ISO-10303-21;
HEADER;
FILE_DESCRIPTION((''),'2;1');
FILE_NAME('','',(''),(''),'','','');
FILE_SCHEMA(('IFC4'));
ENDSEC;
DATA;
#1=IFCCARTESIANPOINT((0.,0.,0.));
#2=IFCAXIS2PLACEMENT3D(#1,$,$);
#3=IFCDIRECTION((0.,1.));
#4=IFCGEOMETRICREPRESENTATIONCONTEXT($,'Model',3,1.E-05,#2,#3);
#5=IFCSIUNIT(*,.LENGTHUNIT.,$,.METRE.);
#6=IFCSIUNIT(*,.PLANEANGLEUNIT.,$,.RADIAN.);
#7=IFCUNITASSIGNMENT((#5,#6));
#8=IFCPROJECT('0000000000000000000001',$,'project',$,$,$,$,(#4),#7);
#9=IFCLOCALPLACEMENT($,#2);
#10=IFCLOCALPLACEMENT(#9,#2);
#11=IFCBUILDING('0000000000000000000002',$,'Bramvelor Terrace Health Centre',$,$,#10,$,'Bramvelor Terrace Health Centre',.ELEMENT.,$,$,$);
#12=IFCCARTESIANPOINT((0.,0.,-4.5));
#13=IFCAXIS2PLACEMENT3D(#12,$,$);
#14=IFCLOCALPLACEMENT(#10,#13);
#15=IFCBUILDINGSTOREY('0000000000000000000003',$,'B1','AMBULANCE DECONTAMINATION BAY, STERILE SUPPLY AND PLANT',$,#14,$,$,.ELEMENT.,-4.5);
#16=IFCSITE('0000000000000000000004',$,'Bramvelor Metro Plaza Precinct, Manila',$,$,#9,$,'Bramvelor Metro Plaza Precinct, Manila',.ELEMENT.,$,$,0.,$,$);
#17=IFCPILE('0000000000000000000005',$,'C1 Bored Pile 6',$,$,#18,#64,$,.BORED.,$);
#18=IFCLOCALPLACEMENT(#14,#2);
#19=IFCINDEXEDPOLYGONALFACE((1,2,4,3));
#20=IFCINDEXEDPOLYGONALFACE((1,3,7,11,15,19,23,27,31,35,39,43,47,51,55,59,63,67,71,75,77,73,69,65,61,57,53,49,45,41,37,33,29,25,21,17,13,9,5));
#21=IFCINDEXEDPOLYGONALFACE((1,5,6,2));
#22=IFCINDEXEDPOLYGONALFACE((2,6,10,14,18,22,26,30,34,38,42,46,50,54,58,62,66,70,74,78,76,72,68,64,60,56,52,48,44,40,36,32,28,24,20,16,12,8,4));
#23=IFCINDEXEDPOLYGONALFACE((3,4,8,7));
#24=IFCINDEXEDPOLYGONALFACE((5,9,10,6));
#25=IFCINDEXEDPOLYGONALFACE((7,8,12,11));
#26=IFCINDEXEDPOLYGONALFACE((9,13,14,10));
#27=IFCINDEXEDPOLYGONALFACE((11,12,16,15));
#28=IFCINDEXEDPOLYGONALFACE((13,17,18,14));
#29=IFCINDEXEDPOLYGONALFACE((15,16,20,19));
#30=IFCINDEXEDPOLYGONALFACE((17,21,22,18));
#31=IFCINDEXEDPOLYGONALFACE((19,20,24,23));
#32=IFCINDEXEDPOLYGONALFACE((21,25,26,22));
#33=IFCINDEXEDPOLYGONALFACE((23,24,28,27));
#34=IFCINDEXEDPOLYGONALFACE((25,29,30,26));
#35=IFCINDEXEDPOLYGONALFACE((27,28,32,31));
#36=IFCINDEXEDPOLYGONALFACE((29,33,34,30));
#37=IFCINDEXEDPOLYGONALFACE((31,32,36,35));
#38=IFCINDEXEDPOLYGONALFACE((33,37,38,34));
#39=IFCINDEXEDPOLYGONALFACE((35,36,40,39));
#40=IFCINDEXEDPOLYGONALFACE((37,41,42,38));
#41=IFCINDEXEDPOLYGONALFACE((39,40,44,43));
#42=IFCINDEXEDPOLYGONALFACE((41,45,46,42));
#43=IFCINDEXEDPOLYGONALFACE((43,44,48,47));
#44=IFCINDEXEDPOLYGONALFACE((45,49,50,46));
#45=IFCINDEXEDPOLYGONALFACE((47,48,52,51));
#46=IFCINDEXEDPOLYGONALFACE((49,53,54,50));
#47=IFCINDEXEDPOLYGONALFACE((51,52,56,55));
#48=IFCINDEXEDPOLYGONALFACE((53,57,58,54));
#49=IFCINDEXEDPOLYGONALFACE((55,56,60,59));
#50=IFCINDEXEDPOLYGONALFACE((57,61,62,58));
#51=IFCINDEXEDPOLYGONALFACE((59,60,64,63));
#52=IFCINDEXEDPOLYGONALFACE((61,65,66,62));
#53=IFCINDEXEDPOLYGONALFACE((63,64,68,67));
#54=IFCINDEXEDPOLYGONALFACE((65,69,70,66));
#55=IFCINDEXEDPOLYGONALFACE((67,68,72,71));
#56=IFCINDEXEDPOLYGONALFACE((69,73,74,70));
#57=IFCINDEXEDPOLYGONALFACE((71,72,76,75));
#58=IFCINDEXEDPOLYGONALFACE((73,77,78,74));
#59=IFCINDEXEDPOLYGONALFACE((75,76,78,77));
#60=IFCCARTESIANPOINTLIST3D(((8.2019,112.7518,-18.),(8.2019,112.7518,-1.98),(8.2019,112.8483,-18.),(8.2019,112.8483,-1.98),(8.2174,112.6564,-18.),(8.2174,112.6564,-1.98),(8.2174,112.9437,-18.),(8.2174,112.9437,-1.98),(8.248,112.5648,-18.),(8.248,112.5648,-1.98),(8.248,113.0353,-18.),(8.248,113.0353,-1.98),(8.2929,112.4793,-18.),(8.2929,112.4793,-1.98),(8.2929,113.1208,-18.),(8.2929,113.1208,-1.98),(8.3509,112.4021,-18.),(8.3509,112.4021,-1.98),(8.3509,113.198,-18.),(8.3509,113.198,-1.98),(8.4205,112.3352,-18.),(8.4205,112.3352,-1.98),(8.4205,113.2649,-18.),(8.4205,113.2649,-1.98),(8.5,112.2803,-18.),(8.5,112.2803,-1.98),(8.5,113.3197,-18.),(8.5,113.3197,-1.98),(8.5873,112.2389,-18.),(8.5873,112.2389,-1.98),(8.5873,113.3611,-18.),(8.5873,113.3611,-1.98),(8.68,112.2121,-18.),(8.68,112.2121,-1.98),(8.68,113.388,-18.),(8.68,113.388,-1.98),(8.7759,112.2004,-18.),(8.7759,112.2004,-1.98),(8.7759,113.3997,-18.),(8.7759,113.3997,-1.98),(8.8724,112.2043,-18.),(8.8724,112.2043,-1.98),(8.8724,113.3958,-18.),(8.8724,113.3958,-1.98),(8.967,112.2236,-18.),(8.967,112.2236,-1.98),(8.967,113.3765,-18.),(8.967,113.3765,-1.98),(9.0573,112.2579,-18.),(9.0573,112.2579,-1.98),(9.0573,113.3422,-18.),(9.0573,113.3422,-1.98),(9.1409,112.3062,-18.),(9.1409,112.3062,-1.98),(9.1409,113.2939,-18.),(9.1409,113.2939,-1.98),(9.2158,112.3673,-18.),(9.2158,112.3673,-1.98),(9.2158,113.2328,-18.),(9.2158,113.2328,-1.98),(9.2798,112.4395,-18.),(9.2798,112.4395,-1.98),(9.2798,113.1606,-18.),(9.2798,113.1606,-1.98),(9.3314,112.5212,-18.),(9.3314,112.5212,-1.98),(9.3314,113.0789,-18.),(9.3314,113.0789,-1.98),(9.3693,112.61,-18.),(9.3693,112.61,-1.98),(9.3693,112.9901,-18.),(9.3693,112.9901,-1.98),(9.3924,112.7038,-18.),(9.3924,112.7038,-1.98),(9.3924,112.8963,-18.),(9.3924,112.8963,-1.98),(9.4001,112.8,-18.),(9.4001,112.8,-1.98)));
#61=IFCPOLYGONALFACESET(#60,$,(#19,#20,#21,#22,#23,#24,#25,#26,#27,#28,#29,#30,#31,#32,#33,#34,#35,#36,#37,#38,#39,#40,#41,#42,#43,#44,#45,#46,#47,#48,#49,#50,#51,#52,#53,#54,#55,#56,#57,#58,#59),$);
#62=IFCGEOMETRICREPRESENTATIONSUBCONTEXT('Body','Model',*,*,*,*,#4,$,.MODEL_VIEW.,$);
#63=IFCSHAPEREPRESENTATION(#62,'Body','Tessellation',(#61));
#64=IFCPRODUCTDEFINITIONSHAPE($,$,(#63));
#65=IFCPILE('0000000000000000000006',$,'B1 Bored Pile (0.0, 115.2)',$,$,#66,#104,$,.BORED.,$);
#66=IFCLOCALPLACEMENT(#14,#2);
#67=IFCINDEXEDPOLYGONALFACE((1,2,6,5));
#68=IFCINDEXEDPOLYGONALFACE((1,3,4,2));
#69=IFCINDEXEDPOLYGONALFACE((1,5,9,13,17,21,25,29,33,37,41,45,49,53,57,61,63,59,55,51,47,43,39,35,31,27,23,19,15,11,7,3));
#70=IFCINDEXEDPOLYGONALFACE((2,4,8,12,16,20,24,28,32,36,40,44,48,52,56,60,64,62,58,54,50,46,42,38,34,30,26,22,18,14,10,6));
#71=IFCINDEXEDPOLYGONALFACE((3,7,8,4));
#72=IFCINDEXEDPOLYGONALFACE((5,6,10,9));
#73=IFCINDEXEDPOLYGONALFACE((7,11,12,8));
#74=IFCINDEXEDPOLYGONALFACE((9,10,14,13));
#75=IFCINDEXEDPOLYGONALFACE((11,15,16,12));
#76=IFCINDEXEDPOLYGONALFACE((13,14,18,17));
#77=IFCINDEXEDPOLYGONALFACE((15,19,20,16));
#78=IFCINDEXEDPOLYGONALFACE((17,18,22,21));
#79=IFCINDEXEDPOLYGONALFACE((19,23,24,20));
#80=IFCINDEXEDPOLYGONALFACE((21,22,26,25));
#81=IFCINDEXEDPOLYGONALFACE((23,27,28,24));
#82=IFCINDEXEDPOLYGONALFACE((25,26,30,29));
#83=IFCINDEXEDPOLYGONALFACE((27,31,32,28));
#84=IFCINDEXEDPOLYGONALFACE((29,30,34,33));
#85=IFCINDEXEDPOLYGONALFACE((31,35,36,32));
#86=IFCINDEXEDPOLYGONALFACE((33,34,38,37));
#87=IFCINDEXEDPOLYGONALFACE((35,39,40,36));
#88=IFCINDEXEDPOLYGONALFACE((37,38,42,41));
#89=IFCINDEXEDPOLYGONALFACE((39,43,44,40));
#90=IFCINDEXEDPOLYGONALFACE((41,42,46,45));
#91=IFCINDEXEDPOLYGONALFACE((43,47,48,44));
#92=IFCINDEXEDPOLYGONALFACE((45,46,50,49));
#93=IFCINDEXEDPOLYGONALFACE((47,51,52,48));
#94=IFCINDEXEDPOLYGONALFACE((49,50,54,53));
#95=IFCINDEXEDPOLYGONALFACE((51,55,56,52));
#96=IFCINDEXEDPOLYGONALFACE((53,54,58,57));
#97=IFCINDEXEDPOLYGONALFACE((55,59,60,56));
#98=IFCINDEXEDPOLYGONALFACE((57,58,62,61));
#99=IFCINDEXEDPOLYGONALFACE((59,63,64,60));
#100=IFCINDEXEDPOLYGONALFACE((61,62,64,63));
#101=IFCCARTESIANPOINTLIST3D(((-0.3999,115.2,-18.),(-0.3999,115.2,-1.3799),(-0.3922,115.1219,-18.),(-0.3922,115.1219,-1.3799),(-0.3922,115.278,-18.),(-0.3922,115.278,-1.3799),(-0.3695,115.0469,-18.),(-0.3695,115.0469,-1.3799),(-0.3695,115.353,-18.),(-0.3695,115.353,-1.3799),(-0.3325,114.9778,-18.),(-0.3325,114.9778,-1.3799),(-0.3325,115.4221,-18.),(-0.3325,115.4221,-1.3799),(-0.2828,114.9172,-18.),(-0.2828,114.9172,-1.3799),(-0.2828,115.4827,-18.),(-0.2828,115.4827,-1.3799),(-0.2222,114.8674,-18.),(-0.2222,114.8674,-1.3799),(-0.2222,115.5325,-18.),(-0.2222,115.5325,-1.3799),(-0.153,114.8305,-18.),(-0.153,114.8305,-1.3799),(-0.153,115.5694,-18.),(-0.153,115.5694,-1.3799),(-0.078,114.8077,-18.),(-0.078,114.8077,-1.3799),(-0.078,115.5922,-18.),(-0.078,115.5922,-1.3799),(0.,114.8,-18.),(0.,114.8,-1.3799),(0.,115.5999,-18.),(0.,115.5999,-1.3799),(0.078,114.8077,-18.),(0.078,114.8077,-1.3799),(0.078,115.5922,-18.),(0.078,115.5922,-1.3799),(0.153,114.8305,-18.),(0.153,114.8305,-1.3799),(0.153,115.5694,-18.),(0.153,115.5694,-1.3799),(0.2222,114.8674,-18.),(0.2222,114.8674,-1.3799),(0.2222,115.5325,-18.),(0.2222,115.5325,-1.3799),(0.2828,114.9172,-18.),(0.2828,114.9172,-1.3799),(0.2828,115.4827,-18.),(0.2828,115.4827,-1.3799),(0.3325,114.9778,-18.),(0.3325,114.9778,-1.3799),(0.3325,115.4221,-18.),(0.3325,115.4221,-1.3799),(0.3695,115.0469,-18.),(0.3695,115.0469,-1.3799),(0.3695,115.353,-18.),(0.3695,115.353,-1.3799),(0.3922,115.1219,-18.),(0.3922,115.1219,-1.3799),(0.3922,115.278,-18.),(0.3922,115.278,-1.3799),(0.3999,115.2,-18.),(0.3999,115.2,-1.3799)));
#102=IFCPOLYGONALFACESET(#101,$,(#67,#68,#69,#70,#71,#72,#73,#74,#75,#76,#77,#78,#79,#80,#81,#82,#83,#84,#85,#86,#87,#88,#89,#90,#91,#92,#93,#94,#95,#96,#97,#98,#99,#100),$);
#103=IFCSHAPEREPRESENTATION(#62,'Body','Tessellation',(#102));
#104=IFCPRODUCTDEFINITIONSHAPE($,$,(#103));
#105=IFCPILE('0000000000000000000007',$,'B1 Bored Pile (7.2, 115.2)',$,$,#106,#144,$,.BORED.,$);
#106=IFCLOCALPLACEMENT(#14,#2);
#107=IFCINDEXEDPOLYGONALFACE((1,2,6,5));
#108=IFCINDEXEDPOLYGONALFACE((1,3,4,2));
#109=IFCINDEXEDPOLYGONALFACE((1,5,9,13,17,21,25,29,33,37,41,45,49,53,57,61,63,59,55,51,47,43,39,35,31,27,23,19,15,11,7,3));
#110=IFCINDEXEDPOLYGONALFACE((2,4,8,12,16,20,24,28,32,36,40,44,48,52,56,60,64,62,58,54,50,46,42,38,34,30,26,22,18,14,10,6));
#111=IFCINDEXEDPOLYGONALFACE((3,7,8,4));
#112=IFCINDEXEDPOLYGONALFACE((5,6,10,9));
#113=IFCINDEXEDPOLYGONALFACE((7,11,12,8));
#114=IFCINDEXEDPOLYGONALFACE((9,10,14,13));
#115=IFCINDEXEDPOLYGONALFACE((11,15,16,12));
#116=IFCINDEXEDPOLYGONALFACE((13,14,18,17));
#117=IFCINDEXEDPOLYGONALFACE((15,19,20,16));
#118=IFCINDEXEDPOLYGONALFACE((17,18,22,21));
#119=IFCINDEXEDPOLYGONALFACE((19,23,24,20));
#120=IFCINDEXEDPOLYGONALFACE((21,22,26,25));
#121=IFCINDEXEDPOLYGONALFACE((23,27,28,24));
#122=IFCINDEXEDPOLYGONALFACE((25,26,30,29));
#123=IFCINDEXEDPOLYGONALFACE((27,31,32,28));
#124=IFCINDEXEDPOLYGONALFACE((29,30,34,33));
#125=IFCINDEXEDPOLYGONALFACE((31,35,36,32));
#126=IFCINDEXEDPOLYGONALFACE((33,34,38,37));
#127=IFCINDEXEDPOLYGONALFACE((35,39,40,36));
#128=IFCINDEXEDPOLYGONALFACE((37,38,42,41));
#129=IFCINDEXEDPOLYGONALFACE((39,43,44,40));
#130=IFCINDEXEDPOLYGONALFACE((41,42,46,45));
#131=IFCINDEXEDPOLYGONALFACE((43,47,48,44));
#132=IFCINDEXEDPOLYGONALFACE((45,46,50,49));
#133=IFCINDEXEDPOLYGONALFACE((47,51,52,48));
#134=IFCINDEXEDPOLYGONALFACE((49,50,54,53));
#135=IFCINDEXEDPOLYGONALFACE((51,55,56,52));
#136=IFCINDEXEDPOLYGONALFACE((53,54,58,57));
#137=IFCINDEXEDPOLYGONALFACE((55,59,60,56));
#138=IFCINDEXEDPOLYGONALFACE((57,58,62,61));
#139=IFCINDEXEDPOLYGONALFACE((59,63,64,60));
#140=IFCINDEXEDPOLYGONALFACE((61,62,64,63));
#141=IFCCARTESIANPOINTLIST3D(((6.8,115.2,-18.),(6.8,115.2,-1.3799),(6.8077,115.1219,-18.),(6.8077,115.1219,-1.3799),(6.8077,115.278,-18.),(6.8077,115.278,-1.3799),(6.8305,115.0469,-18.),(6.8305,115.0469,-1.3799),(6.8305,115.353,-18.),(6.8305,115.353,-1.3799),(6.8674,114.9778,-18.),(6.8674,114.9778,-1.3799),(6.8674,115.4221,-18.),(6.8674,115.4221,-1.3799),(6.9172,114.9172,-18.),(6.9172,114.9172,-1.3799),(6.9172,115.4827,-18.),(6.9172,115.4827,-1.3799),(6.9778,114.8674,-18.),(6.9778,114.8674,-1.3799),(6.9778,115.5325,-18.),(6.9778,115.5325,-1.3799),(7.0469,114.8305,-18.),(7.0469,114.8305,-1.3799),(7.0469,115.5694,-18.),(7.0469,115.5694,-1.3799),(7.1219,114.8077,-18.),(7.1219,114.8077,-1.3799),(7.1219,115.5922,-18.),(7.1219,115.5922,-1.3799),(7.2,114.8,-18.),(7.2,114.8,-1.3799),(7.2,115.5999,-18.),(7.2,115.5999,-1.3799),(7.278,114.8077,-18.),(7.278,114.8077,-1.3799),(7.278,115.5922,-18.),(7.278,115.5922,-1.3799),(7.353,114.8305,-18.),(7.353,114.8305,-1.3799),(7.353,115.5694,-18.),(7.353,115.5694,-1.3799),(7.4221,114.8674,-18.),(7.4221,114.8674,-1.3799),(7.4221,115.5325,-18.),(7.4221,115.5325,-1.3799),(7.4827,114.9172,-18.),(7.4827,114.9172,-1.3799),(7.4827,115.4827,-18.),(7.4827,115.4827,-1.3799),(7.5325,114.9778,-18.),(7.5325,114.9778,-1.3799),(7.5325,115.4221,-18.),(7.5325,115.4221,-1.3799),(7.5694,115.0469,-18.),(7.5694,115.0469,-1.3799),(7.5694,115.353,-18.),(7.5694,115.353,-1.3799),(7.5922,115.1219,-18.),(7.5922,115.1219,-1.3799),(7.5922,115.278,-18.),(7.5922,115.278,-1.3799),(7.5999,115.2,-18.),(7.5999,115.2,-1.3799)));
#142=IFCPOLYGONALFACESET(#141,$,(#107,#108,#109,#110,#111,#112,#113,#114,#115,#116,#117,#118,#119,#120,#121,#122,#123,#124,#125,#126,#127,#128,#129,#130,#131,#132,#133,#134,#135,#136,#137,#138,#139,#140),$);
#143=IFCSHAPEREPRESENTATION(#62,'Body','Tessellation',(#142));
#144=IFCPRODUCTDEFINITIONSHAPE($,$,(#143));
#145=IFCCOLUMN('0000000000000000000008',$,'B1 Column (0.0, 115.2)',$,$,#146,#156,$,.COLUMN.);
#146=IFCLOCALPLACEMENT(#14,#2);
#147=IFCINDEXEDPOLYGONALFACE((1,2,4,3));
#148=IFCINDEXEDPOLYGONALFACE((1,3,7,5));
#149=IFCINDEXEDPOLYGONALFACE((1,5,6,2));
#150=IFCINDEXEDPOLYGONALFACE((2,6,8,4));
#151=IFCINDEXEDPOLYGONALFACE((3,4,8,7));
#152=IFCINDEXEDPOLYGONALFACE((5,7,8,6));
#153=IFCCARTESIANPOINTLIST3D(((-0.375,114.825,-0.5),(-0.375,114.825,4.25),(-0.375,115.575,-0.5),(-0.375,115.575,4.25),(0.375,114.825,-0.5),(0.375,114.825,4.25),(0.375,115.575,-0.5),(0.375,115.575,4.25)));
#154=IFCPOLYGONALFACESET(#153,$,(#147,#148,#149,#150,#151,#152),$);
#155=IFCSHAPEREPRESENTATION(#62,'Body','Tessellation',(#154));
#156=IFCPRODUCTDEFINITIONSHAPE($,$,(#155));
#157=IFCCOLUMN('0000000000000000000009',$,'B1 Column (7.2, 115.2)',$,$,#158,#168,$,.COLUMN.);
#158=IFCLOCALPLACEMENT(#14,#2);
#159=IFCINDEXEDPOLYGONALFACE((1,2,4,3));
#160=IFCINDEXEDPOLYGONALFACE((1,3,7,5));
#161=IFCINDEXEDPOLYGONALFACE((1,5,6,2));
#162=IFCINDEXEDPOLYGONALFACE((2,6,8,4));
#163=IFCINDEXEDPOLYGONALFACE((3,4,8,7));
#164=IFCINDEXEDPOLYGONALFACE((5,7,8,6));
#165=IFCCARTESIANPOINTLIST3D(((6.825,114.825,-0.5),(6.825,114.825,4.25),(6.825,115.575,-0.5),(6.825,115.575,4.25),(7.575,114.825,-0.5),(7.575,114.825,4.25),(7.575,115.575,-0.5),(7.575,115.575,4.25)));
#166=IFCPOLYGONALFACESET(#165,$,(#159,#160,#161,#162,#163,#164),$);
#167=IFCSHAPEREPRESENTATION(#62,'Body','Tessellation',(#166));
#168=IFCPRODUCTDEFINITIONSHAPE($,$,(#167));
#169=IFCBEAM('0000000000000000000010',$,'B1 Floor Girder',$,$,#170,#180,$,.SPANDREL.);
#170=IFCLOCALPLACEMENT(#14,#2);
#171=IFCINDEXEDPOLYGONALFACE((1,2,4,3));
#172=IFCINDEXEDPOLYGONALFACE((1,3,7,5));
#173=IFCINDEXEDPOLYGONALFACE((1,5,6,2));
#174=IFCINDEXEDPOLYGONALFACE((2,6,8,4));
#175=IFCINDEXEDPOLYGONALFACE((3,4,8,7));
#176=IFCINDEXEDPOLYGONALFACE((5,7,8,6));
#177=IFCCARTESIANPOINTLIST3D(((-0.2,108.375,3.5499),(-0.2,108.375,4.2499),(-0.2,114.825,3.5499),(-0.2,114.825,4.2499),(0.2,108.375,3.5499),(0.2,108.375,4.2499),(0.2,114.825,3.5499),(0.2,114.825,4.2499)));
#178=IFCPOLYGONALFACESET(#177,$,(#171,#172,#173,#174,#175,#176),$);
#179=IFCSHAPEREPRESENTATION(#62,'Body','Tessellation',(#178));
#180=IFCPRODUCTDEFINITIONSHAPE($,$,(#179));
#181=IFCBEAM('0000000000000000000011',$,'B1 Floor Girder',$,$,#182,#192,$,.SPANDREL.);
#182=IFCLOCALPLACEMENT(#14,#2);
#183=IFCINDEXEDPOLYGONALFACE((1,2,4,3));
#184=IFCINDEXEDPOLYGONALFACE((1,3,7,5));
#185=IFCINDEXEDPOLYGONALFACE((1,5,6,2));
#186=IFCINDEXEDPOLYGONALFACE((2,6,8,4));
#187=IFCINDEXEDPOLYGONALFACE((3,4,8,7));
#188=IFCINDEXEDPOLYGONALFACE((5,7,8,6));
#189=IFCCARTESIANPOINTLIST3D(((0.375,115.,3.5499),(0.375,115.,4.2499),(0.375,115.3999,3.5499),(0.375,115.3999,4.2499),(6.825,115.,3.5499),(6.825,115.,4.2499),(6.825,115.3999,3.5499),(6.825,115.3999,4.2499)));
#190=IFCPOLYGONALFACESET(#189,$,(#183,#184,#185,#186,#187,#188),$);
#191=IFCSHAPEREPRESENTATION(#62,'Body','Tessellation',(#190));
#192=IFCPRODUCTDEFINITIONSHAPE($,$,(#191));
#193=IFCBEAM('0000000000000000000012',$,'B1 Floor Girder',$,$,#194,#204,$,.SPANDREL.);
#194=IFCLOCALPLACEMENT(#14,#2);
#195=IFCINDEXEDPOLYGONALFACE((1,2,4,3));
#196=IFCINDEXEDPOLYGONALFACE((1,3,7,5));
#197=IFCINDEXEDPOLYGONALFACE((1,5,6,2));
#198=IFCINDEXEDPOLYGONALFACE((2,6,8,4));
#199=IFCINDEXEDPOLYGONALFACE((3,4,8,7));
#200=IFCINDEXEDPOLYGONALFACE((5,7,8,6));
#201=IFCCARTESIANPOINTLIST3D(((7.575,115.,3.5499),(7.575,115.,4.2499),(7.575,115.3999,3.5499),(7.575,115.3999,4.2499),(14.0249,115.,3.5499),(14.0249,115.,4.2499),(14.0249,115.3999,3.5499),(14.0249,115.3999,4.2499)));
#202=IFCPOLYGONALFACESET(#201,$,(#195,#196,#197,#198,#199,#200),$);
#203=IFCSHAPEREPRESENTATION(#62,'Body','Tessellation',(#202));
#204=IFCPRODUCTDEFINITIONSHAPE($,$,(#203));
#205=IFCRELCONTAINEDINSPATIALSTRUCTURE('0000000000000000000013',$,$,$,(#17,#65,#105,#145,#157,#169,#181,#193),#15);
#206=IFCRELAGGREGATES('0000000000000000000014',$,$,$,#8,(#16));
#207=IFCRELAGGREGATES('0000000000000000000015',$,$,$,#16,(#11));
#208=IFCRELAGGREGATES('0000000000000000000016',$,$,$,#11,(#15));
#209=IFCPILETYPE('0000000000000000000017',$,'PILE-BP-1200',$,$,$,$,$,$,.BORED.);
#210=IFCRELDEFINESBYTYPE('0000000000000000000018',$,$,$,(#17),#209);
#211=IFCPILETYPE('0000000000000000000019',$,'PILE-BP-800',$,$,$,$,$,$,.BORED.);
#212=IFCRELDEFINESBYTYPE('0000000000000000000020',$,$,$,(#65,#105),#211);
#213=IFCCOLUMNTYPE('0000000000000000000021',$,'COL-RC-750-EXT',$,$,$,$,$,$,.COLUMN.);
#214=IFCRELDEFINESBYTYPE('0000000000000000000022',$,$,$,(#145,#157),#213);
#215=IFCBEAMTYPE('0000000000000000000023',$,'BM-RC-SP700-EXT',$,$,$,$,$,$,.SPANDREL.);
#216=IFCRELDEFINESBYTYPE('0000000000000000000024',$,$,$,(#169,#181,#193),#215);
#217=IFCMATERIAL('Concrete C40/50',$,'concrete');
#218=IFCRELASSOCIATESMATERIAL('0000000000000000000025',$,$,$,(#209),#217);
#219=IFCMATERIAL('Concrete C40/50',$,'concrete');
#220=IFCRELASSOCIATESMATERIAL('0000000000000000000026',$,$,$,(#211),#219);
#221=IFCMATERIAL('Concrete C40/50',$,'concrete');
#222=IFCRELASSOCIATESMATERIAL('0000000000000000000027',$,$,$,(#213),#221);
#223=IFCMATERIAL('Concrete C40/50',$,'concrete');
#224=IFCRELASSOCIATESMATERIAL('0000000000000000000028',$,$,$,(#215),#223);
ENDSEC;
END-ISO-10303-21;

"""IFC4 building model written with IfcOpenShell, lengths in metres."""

from ifc_helpers import new_model, si_unit, direction, frame, origin, origin_2d, place, context, subcontext, project, spatial, rectangle, circle, extrude, material, material_profile, profile_set, type_object, element, save


model = new_model("IFC4")

# Units and contexts
model_context = context("Model", 3, precision=1e-05, world=origin(), true_north=direction((0.0, 1.0)))
body_context = subcontext(model_context, "Body", "Model", "MODEL_VIEW")
ifc_project = project(units=[si_unit("LENGTHUNIT", "METRE"), si_unit("PLANEANGLEUNIT", "RADIAN")], contexts=[model_context])

# Site, building, storey
site_placement = place(None, origin())
site = spatial("IfcSite", under=ifc_project, at=site_placement, Name="Bramvelor Metro Plaza Precinct, Manila", LongName="Bramvelor Metro Plaza Precinct, Manila", CompositionType="ELEMENT", RefElevation=0.0)
building_placement = place(site_placement, origin())
building = spatial("IfcBuilding", under=site, at=building_placement, Name="Bramvelor Terrace Health Centre", LongName="Bramvelor Terrace Health Centre", CompositionType="ELEMENT")
storey_placement = place(building_placement, frame((0.0, 0.0, -4.5)))
storey = spatial("IfcBuildingStorey", under=building, at=storey_placement, Name="B1", Description="AMBULANCE DECONTAMINATION BAY, STERILE SUPPLY AND PLANT", CompositionType="ELEMENT", Elevation=-4.5)

# Piles
ifc_material_1 = material(Name="Concrete C40/50", Category="concrete")
ifc_material_profile_1 = material_profile(ifc_material_1, circle(Radius=0.6001, at=origin_2d()), Name="BP D1200")
ifc_profile_set_1 = profile_set([ifc_material_profile_1], Name="Concrete C40/50")
pile_type_1 = type_object("IfcPileType", Name="PILE-BP-1200", PredefinedType="BORED", material=ifc_profile_set_1)
for number, where, z_axis, x_axis, name in (
    (1, (8.8, 112.8, -1.98), (0.0, 0.0, -1.0), (1.0, 0.0, 0.0), "C1 Bored Pile 6"),
):
    element("IfcPile", number, at=place(storey_placement, frame(where, z_axis=z_axis, x_axis=x_axis)), inside=storey, type_object=pile_type_1, Name=name, PredefinedType="BORED", context=body_context, shape_type="SweptSolid", body=[
        extrude(circle(Radius=0.6001, at=origin_2d()), origin(), (0.0, 0.0, 1.0), 16.02),
    ])
ifc_material_2 = material(Name="Concrete C40/50", Category="concrete")
ifc_material_profile_2 = material_profile(ifc_material_2, circle(Radius=0.3999, at=origin_2d()), Name="BP D800")
ifc_profile_set_2 = profile_set([ifc_material_profile_2], Name="Concrete C40/50")
pile_type_2 = type_object("IfcPileType", Name="PILE-BP-800", PredefinedType="BORED", material=ifc_profile_set_2)
for number, where, z_axis, x_axis, name in (
    (2, (0.0, 115.2, -1.3799), (0.0, 0.0, -1.0), (1.0, 0.0, 0.0), "B1 Bored Pile (0.0, 115.2)"),
    (3, (7.2, 115.2, -1.3799), (0.0, 0.0, -1.0), (1.0, 0.0, 0.0), "B1 Bored Pile (7.2, 115.2)"),
):
    element("IfcPile", number, at=place(storey_placement, frame(where, z_axis=z_axis, x_axis=x_axis)), inside=storey, type_object=pile_type_2, Name=name, PredefinedType="BORED", context=body_context, shape_type="SweptSolid", body=[
        extrude(circle(Radius=0.3999, at=origin_2d()), origin(), (0.0, 0.0, 1.0), 16.6201),
    ])

# Columns
ifc_material_3 = material(Name="Concrete C40/50", Category="concrete")
ifc_material_profile_3 = material_profile(ifc_material_3, rectangle(XDim=0.75, YDim=0.75, at=origin_2d()), Name="RC 750x750")
ifc_profile_set_3 = profile_set([ifc_material_profile_3], Name="Concrete C40/50")
column_type = type_object("IfcColumnType", Name="COL-RC-750-EXT", PredefinedType="COLUMN", material=ifc_profile_set_3)
for number, where, z_axis, x_axis, name in (
    (4, (0.0, 115.2, -0.5), (0.0, 0.0, 1.0), (1.0, 0.0, 0.0), "B1 Column (0.0, 115.2)"),
    (5, (7.2, 115.2, -0.5), (0.0, 0.0, 1.0), (1.0, 0.0, 0.0), "B1 Column (7.2, 115.2)"),
):
    element("IfcColumn", number, at=place(storey_placement, frame(where, z_axis=z_axis, x_axis=x_axis)), inside=storey, type_object=column_type, Name=name, PredefinedType="COLUMN", context=body_context, shape_type="SweptSolid", body=[
        extrude(rectangle(XDim=0.75, YDim=0.75, at=origin_2d()), origin(), (0.0, 0.0, 1.0), 4.75),
    ])

# Beams
ifc_material_4 = material(Name="Concrete C40/50", Category="concrete")
ifc_material_profile_4 = material_profile(ifc_material_4, rectangle(XDim=0.3999, YDim=0.7, at=origin_2d()), Name="RC 400x700")
ifc_profile_set_4 = profile_set([ifc_material_profile_4], Name="Concrete C40/50")
beam_type = type_object("IfcBeamType", Name="BM-RC-SP700-EXT", PredefinedType="SPANDREL", material=ifc_profile_set_4)
for number, where, z_axis, x_axis, name in (
    (6, (0.0, 108.375, 3.8999), (0.0, 1.0, 0.0), (-1.0, 0.0, 0.0), "B1 Floor Girder"),
    (7, (0.375, 115.2, 3.8999), (1.0, 0.0, 0.0), (0.0, 1.0, 0.0), "B1 Floor Girder"),
    (8, (7.575, 115.2, 3.8999), (1.0, 0.0, 0.0), (0.0, 1.0, 0.0), "B1 Floor Girder"),
):
    element("IfcBeam", number, at=place(storey_placement, frame(where, z_axis=z_axis, x_axis=x_axis)), inside=storey, type_object=beam_type, Name=name, PredefinedType="SPANDREL", context=body_context, shape_type="SweptSolid", body=[
        extrude(rectangle(XDim=0.3999, YDim=0.7, at=origin_2d()), origin(), (0.0, 0.0, 1.0), 6.45),
    ])

save(model, "model.ifc")
